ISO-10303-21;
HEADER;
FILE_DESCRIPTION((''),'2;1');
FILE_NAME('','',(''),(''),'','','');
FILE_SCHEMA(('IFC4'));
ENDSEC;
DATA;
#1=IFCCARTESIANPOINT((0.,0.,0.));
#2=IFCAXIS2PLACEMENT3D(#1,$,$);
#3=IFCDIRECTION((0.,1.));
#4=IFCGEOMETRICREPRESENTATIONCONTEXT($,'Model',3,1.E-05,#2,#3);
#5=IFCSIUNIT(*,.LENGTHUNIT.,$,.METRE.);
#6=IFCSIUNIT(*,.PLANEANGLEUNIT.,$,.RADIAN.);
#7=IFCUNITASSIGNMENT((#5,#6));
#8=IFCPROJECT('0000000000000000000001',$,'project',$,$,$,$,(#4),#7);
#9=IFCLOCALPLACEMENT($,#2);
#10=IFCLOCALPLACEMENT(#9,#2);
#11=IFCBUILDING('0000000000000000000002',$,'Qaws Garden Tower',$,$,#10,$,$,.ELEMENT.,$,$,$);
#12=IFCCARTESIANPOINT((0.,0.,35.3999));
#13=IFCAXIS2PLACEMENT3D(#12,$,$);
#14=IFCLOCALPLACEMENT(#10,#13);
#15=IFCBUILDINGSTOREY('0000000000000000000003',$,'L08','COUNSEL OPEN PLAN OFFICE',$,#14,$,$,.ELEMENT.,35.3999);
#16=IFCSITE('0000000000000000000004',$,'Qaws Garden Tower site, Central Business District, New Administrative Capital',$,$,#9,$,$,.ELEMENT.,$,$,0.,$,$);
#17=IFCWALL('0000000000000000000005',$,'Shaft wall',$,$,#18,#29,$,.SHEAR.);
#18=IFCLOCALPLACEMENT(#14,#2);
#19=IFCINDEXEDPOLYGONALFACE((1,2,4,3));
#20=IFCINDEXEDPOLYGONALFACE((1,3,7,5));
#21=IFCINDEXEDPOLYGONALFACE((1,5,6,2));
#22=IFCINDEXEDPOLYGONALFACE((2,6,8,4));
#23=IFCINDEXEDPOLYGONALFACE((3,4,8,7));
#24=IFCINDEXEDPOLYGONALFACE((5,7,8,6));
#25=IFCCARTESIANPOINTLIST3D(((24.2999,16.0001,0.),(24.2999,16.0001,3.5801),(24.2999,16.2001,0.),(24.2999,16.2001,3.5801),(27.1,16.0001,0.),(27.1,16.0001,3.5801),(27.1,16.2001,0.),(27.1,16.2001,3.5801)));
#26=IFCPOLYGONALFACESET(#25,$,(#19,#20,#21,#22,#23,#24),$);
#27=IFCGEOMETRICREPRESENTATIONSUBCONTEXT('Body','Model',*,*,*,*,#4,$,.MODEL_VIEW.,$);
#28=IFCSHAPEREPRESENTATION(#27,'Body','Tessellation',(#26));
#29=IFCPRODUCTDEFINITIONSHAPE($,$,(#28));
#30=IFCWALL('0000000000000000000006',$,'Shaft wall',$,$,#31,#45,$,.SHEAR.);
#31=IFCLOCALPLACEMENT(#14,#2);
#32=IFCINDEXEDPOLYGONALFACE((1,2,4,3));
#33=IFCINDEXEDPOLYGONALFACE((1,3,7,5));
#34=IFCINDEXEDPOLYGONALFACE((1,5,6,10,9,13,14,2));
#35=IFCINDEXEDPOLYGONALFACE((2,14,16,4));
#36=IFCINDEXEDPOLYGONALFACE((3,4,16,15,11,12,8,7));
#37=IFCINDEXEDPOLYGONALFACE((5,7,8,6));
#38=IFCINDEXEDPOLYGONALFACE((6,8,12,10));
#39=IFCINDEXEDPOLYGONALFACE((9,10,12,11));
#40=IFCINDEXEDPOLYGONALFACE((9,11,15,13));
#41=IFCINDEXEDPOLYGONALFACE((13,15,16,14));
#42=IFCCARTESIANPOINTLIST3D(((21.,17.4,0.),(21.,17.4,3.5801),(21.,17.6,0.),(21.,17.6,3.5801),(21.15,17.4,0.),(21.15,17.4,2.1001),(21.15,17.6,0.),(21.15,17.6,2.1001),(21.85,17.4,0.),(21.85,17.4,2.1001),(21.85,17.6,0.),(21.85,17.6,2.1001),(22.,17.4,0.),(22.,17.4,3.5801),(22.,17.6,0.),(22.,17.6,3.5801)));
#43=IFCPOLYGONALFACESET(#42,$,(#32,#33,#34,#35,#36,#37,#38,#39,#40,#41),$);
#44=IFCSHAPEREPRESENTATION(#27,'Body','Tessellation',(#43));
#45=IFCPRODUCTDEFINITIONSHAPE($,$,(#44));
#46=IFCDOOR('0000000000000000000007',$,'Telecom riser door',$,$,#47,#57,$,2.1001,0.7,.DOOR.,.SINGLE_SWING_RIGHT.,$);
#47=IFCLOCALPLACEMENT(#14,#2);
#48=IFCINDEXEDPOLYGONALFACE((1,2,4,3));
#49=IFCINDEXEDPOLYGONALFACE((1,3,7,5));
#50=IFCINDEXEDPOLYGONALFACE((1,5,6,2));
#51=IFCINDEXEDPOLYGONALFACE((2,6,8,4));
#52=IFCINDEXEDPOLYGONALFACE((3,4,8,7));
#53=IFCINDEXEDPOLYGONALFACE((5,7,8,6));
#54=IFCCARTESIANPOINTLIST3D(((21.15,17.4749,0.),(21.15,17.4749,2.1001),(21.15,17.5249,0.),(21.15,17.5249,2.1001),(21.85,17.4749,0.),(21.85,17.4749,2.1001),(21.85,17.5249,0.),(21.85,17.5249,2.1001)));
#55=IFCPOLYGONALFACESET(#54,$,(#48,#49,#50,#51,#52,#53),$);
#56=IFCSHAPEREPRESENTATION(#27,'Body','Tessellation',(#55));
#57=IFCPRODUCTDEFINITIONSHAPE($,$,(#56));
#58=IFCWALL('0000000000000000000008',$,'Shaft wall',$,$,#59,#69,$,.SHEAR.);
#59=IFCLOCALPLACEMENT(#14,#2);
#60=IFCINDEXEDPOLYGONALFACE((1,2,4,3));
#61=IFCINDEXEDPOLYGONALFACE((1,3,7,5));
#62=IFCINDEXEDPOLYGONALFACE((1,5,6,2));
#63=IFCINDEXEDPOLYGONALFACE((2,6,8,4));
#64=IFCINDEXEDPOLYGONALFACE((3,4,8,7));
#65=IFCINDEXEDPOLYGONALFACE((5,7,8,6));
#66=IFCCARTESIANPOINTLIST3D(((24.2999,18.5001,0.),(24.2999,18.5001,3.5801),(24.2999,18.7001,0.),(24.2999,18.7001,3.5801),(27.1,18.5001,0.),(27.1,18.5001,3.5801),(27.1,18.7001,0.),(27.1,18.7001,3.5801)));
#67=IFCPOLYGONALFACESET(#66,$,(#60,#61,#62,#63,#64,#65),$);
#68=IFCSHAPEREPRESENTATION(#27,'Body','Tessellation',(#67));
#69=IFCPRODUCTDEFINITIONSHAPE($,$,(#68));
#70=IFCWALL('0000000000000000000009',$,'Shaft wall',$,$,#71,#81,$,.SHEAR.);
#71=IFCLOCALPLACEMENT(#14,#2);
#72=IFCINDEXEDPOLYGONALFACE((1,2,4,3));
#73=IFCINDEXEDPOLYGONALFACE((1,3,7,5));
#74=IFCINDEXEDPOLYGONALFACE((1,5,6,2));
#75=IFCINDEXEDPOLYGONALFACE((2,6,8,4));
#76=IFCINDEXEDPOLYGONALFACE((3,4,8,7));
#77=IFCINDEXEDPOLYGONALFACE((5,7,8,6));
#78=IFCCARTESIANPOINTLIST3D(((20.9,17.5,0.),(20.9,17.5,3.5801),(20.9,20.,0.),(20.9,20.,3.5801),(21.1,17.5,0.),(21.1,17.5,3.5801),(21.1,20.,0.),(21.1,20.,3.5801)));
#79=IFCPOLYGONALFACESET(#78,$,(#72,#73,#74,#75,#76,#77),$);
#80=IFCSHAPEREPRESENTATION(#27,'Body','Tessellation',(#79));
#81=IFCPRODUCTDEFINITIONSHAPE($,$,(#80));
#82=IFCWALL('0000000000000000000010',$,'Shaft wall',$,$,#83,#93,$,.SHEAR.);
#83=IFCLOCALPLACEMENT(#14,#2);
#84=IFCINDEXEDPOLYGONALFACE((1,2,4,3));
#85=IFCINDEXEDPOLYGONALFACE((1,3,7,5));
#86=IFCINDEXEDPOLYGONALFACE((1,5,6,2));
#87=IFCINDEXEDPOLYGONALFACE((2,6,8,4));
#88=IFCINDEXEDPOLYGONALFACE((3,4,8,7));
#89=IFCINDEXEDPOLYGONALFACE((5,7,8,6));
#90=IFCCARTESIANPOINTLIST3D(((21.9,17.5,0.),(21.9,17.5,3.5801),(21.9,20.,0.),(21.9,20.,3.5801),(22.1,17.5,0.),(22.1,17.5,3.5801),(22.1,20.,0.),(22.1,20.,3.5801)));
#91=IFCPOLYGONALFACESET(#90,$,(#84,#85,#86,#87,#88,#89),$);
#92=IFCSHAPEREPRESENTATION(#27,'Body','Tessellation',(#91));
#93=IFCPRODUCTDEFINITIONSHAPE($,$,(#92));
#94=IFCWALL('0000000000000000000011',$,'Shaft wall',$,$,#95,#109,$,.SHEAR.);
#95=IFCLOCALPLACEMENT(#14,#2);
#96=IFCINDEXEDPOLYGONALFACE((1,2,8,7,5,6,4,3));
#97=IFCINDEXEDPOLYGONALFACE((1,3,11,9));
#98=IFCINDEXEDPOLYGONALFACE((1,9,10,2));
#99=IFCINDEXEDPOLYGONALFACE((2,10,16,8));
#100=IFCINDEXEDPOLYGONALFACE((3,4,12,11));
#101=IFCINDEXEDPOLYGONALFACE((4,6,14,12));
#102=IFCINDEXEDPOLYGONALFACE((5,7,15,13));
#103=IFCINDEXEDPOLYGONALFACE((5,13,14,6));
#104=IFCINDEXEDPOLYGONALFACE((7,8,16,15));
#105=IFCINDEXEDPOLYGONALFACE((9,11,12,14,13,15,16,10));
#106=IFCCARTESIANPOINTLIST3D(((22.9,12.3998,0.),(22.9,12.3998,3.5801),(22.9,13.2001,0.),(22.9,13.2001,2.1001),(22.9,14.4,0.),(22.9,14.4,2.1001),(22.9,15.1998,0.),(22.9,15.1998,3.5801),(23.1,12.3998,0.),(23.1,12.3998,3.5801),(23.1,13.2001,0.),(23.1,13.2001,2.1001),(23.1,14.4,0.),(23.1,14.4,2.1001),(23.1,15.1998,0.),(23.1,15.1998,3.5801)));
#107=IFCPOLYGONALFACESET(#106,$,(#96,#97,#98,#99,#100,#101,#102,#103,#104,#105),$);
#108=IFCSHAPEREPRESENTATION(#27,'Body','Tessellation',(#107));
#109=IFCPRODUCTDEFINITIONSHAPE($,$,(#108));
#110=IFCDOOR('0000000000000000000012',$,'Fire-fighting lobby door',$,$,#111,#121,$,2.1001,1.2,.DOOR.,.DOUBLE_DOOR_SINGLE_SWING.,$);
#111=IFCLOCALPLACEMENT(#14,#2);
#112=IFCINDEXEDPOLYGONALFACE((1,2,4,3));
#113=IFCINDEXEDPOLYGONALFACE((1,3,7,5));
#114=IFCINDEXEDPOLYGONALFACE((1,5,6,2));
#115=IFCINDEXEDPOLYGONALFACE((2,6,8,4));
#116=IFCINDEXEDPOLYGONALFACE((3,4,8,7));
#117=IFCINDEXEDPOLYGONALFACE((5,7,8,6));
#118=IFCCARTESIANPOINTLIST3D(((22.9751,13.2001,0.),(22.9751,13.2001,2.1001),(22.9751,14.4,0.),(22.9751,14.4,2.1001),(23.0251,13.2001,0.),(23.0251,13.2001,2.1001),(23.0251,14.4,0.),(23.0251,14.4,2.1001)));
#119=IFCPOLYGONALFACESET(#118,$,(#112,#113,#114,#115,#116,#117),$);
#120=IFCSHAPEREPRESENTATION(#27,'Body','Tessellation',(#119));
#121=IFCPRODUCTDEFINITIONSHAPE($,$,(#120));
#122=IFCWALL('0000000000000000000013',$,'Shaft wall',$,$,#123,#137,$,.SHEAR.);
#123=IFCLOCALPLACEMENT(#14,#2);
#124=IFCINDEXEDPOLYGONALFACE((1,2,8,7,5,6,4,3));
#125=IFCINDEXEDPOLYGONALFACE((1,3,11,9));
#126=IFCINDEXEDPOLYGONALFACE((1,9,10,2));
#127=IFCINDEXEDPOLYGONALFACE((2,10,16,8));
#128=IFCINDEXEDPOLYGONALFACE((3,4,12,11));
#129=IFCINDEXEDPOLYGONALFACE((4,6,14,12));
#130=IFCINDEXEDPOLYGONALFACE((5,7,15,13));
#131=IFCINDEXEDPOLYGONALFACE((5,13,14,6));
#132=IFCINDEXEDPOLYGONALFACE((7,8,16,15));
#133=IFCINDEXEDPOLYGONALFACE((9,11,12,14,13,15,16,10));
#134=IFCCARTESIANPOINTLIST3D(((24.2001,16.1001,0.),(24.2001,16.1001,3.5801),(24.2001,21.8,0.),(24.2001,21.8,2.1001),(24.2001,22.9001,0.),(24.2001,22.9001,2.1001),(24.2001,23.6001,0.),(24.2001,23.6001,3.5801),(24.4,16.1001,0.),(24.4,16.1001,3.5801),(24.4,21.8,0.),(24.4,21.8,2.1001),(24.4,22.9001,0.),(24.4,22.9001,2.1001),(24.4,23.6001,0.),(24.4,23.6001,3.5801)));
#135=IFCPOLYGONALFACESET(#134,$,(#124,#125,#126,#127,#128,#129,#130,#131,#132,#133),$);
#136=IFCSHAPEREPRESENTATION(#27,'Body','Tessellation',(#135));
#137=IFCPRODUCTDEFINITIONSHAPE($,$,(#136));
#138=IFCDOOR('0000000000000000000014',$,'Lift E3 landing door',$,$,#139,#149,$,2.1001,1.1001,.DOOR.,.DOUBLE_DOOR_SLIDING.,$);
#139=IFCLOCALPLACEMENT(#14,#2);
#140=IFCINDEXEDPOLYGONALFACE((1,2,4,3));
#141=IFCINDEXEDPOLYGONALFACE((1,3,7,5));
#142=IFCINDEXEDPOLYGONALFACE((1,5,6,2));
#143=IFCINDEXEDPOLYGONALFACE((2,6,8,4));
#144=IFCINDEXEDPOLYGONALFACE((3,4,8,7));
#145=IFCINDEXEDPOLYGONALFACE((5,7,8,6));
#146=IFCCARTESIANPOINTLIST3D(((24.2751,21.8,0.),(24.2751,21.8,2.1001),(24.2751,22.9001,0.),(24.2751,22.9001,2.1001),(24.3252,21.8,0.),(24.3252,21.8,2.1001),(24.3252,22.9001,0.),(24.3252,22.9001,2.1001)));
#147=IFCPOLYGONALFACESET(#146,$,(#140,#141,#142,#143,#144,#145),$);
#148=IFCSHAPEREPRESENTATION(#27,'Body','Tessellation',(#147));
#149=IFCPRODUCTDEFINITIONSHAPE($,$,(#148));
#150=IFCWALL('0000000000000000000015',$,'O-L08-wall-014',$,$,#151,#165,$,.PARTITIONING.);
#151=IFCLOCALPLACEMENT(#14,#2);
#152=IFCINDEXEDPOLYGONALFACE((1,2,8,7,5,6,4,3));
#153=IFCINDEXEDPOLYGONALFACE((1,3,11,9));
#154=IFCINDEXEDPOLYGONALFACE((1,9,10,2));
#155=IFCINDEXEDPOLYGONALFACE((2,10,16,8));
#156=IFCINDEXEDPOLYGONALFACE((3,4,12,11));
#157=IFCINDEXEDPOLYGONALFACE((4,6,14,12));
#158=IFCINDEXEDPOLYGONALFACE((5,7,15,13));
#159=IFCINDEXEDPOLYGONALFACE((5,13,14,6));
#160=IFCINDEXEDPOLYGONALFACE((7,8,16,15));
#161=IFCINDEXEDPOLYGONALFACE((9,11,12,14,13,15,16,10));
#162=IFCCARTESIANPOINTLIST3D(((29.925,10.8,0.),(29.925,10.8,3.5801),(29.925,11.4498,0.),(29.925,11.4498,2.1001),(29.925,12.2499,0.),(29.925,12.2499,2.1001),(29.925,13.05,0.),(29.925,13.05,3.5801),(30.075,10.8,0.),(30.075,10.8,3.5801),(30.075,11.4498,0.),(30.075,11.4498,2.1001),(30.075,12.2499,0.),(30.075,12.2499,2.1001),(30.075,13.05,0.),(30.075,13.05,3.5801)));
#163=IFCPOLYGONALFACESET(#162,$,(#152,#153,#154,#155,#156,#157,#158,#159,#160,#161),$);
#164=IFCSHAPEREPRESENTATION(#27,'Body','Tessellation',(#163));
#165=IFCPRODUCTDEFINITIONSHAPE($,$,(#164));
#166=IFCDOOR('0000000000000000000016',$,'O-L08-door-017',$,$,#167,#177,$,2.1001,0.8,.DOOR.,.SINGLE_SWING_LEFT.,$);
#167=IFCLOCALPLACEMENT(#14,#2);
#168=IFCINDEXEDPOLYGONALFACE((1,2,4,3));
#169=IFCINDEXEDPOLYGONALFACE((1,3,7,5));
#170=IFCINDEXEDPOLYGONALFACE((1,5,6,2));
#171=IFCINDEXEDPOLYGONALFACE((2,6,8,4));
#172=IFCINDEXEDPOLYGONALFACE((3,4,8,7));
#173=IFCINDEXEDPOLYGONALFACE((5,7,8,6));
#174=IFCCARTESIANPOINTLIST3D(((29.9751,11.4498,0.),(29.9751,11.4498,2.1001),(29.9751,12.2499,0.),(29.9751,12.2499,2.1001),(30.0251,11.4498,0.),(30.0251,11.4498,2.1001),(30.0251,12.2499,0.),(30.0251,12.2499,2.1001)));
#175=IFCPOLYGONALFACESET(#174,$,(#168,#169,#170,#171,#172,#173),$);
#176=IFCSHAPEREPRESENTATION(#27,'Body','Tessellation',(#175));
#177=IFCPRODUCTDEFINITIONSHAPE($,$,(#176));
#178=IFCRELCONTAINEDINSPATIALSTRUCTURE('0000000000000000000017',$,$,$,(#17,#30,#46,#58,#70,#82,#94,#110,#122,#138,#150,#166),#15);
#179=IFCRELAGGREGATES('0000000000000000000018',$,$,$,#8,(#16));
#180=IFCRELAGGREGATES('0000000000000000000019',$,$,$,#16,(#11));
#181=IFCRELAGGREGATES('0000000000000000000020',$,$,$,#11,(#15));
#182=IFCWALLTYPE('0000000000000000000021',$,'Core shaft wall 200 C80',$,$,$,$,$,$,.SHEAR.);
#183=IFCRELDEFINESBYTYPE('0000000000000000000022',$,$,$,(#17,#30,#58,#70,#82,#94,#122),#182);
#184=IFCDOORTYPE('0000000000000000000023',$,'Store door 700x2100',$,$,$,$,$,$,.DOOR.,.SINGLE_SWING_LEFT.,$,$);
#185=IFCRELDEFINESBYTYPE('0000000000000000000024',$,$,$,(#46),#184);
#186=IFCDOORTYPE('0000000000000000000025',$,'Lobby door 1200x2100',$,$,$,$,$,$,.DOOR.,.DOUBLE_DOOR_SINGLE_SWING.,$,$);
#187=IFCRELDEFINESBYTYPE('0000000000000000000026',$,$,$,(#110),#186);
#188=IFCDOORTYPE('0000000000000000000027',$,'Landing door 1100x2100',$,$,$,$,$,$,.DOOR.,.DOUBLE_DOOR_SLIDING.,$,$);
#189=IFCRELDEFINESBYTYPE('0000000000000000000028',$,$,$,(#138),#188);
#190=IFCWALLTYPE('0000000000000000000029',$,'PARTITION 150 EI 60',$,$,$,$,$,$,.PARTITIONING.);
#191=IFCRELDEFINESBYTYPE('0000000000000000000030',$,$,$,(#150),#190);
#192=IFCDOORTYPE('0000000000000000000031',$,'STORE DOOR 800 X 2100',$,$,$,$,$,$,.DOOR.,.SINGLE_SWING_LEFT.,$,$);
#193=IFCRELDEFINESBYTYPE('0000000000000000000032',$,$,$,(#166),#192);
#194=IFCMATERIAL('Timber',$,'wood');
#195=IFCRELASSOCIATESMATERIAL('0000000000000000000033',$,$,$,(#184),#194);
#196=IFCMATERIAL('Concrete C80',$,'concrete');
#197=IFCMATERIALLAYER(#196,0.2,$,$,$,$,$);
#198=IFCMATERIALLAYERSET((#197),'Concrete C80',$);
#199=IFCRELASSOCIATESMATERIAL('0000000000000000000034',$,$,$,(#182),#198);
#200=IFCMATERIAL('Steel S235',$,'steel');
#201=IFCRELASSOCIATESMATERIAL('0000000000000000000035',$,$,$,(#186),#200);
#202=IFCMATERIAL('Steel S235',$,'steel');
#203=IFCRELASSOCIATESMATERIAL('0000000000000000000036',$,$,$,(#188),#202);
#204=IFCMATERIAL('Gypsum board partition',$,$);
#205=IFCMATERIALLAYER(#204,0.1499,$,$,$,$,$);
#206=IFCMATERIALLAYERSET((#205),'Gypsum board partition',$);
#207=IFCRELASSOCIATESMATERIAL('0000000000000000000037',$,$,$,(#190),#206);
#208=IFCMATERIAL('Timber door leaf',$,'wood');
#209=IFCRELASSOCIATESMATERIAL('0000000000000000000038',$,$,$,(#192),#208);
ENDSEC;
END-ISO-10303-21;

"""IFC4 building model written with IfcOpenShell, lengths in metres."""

from ifc_helpers import new_model, si_unit, direction, frame, frame_2d, origin, place, context, subcontext, project, spatial, rectangle, extrude, material, layer, layer_set, type_object, element, fill, save


model = new_model("IFC4")

# Units and contexts
model_context = context("Model", 3, precision=1e-05, world=origin(), true_north=direction((0.0, 1.0)))
body_context = subcontext(model_context, "Body", "Model", "MODEL_VIEW")
ifc_project = project(units=[si_unit("LENGTHUNIT", "METRE"), si_unit("PLANEANGLEUNIT", "RADIAN")], contexts=[model_context])

# Site, building, storey
site_placement = place(None, origin())
site = spatial("IfcSite", under=ifc_project, at=site_placement, Name="Qaws Garden Tower site, Central Business District, New Administrative Capital", CompositionType="ELEMENT", RefElevation=0.0)
building_placement = place(site_placement, origin())
building = spatial("IfcBuilding", under=site, at=building_placement, Name="Qaws Garden Tower", CompositionType="ELEMENT")
storey_placement = place(building_placement, frame((0.0, 0.0, 35.3999)))
storey = spatial("IfcBuildingStorey", under=building, at=storey_placement, Name="L08", Description="COUNSEL OPEN PLAN OFFICE", CompositionType="ELEMENT", Elevation=35.3999)

# Shared definitions
ifc_material_1 = material(Name="Timber", Category="wood")
door_type_1 = type_object("IfcDoorType", Name="Store door 700x2100", OperationType="SINGLE_SWING_LEFT", PredefinedType="DOOR", material=ifc_material_1)

# Wall
ifc_material_2 = material(Name="Concrete C80", Category="concrete")
ifc_layer_1 = layer(ifc_material_2, 0.2)
ifc_layer_set_1 = layer_set([ifc_layer_1], Name="Concrete C80")
wall_type_1 = type_object("IfcWallType", Name="Core shaft wall 200 C80", PredefinedType="SHEAR", material=ifc_layer_set_1)
wall_1_placement = place(storey_placement, frame((24.3, 16.1001, 0.0), z_axis=(0.0, 0.0, 1.0), x_axis=(1.0, 0.0, 0.0)))
element("IfcWall", 1, at=wall_1_placement, inside=storey, type_object=wall_type_1, Name="Shaft wall", PredefinedType="SHEAR", context=body_context, shape_type="SweptSolid", body=[
    extrude(rectangle(XDim=2.8, YDim=0.2, at=frame_2d((1.3999, 0.0))), origin(), (0.0, 0.0, 1.0), 3.5801),
])

# Wall, opening, door
wall_2_placement = place(storey_placement, frame((21.0, 17.5, 0.0), z_axis=(0.0, 0.0, 1.0), x_axis=(1.0, 0.0, 0.0)))
wall_2 = element("IfcWall", 2, at=wall_2_placement, inside=storey, type_object=wall_type_1, Name="Shaft wall", PredefinedType="SHEAR", context=body_context, shape_type="SweptSolid", body=[
    extrude(rectangle(XDim=1.0, YDim=0.2, at=frame_2d((0.5, 0.0))), origin(), (0.0, 0.0, 1.0), 3.5801),
])
opening_1_placement = place(wall_2_placement, frame((0.1499, 0.0, 0.0)))
opening_1 = element("IfcOpeningElement", 3, at=opening_1_placement, cuts=wall_2, PredefinedType="OPENING", context=body_context, shape_type="SweptSolid", body=[
    extrude(rectangle(XDim=0.7, YDim=2.1001, at=frame_2d((0.3501, 1.05))), frame((0.0, 0.1099, 0.0), z_axis=(0.0, -1.0, 0.0), x_axis=(1.0, 0.0, 0.0)), (0.0, 0.0, 1.0), 0.22),
])
door_1_placement = place(opening_1_placement, origin())
door_1 = element("IfcDoor", 4, at=door_1_placement, inside=storey, type_object=door_type_1, Name="Telecom riser door", OperationType="SINGLE_SWING_RIGHT", OverallHeight=2.1001, OverallWidth=0.7, PredefinedType="DOOR", context=body_context, shape_type="SweptSolid", body=[
    extrude(rectangle(XDim=0.7, YDim=2.1001, at=frame_2d((0.3501, 1.05))), frame((0.0, 0.0249, 0.0), z_axis=(0.0, -1.0, 0.0), x_axis=(1.0, 0.0, 0.0)), (0.0, 0.0, 1.0), 0.05),
])
fill(opening_1, door_1)

# Walls
wall_3_placement = place(storey_placement, frame((24.3, 18.6001, 0.0), z_axis=(0.0, 0.0, 1.0), x_axis=(1.0, 0.0, 0.0)))
element("IfcWall", 5, at=wall_3_placement, inside=storey, type_object=wall_type_1, Name="Shaft wall", PredefinedType="SHEAR", context=body_context, shape_type="SweptSolid", body=[
    extrude(rectangle(XDim=2.8, YDim=0.2, at=frame_2d((1.3999, 0.0))), origin(), (0.0, 0.0, 1.0), 3.5801),
])
for number, where, z_axis, x_axis, name in (
    (6, (21.0, 17.5, 0.0), (0.0, 0.0, 1.0), (0.0, 1.0, 0.0), "Shaft wall"),
    (7, (22.0, 17.5, 0.0), (0.0, 0.0, 1.0), (0.0, 1.0, 0.0), "Shaft wall"),
):
    element("IfcWall", number, at=place(storey_placement, frame(where, z_axis=z_axis, x_axis=x_axis)), inside=storey, type_object=wall_type_1, Name=name, PredefinedType="SHEAR", context=body_context, shape_type="SweptSolid", body=[
        extrude(rectangle(XDim=2.5, YDim=0.2, at=frame_2d((1.25, 0.0))), origin(), (0.0, 0.0, 1.0), 3.5801),
    ])

# Walls, openings, doors
wall_4_placement = place(storey_placement, frame((23.0, 12.3999, 0.0), z_axis=(0.0, 0.0, 1.0), x_axis=(0.0, 1.0, 0.0)))
wall_4 = element("IfcWall", 8, at=wall_4_placement, inside=storey, type_object=wall_type_1, Name="Shaft wall", PredefinedType="SHEAR", context=body_context, shape_type="SweptSolid", body=[
    extrude(rectangle(XDim=2.8, YDim=0.2, at=frame_2d((1.3999, 0.0))), origin(), (0.0, 0.0, 1.0), 3.5801),
])
opening_2_placement = place(wall_4_placement, frame((0.8, 0.0, 0.0)))
opening_2 = element("IfcOpeningElement", 9, at=opening_2_placement, cuts=wall_4, PredefinedType="OPENING", context=body_context, shape_type="SweptSolid", body=[
    extrude(rectangle(XDim=1.2, YDim=2.1001, at=frame_2d((0.6001, 1.05))), frame((0.0, 0.1099, 0.0), z_axis=(0.0, -1.0, 0.0), x_axis=(1.0, 0.0, 0.0)), (0.0, 0.0, 1.0), 0.22),
])
ifc_material_3 = material(Name="Steel S235", Category="steel")
door_type_2 = type_object("IfcDoorType", Name="Lobby door 1200x2100", OperationType="DOUBLE_DOOR_SINGLE_SWING", PredefinedType="DOOR", material=ifc_material_3)
door_2_placement = place(opening_2_placement, origin())
door_2 = element("IfcDoor", 10, at=door_2_placement, inside=storey, type_object=door_type_2, Name="Fire-fighting lobby door", OperationType="DOUBLE_DOOR_SINGLE_SWING", OverallHeight=2.1001, OverallWidth=1.2, PredefinedType="DOOR", context=body_context, shape_type="SweptSolid", body=[
    extrude(rectangle(XDim=1.2, YDim=2.1001, at=frame_2d((0.6001, 1.05))), frame((0.0, 0.0249, 0.0), z_axis=(0.0, -1.0, 0.0), x_axis=(1.0, 0.0, 0.0)), (0.0, 0.0, 1.0), 0.05),
])
fill(opening_2, door_2)
wall_5_placement = place(storey_placement, frame((24.3, 16.1001, 0.0), z_axis=(0.0, 0.0, 1.0), x_axis=(0.0, 1.0, 0.0)))
wall_5 = element("IfcWall", 11, at=wall_5_placement, inside=storey, type_object=wall_type_1, Name="Shaft wall", PredefinedType="SHEAR", context=body_context, shape_type="SweptSolid", body=[
    extrude(rectangle(XDim=7.5, YDim=0.2, at=frame_2d((3.75, 0.0))), origin(), (0.0, 0.0, 1.0), 3.5801),
])
opening_3_placement = place(wall_5_placement, frame((5.7, 0.0, 0.0)))
opening_3 = element("IfcOpeningElement", 12, at=opening_3_placement, cuts=wall_5, PredefinedType="OPENING", context=body_context, shape_type="SweptSolid", body=[
    extrude(rectangle(XDim=1.1001, YDim=2.1001, at=frame_2d((0.55, 1.05))), frame((0.0, 0.1099, 0.0), z_axis=(0.0, -1.0, 0.0), x_axis=(1.0, 0.0, 0.0)), (0.0, 0.0, 1.0), 0.22),
])
ifc_material_4 = material(Name="Steel S235", Category="steel")
door_type_3 = type_object("IfcDoorType", Name="Landing door 1100x2100", OperationType="DOUBLE_DOOR_SLIDING", PredefinedType="DOOR", material=ifc_material_4)
door_3_placement = place(opening_3_placement, origin())
door_3 = element("IfcDoor", 13, at=door_3_placement, inside=storey, type_object=door_type_3, Name="Lift E3 landing door", OperationType="DOUBLE_DOOR_SLIDING", OverallHeight=2.1001, OverallWidth=1.1001, PredefinedType="DOOR", context=body_context, shape_type="SweptSolid", body=[
    extrude(rectangle(XDim=1.1001, YDim=2.1001, at=frame_2d((0.55, 1.05))), frame((0.0, 0.0249, 0.0), z_axis=(0.0, -1.0, 0.0), x_axis=(1.0, 0.0, 0.0)), (0.0, 0.0, 1.0), 0.05),
])
fill(opening_3, door_3)
ifc_material_5 = material(Name="Gypsum board partition")
ifc_layer_2 = layer(ifc_material_5, 0.1499)
ifc_layer_set_2 = layer_set([ifc_layer_2], Name="Gypsum board partition")
wall_type_2 = type_object("IfcWallType", Name="PARTITION 150 EI 60", PredefinedType="PARTITIONING", material=ifc_layer_set_2)
wall_6_placement = place(storey_placement, frame((30.0, 10.8, 0.0), z_axis=(0.0, 0.0, 1.0), x_axis=(0.0, 1.0, 0.0)))
wall_6 = element("IfcWall", 14, at=wall_6_placement, inside=storey, type_object=wall_type_2, Name="O-L08-wall-014", PredefinedType="PARTITIONING", context=body_context, shape_type="SweptSolid", body=[
    extrude(rectangle(XDim=2.25, YDim=0.1499, at=frame_2d((1.125, 0.0))), origin(), (0.0, 0.0, 1.0), 3.5801),
])
opening_4_placement = place(wall_6_placement, frame((0.6499, 0.0, 0.0)))
opening_4 = element("IfcOpeningElement", 15, at=opening_4_placement, cuts=wall_6, PredefinedType="OPENING", context=body_context, shape_type="SweptSolid", body=[
    extrude(rectangle(XDim=0.8, YDim=2.1001, at=frame_2d((0.3999, 1.05))), frame((0.0, 0.085, 0.0), z_axis=(0.0, -1.0, 0.0), x_axis=(1.0, 0.0, 0.0)), (0.0, 0.0, 1.0), 0.1699),
])
ifc_material_6 = material(Name="Timber door leaf", Category="wood")
door_type_4 = type_object("IfcDoorType", Name="STORE DOOR 800 X 2100", OperationType="SINGLE_SWING_LEFT", PredefinedType="DOOR", material=ifc_material_6)
door_4_placement = place(opening_4_placement, origin())
door_4 = element("IfcDoor", 16, at=door_4_placement, inside=storey, type_object=door_type_4, Name="O-L08-door-017", OperationType="SINGLE_SWING_LEFT", OverallHeight=2.1001, OverallWidth=0.8, PredefinedType="DOOR", context=body_context, shape_type="SweptSolid", body=[
    extrude(rectangle(XDim=0.8, YDim=2.1001, at=frame_2d((0.3999, 1.05))), frame((0.0, 0.0249, 0.0), z_axis=(0.0, -1.0, 0.0), x_axis=(1.0, 0.0, 0.0)), (0.0, 0.0, 1.0), 0.05),
])
fill(opening_4, door_4)

save(model, "model.ifc")
